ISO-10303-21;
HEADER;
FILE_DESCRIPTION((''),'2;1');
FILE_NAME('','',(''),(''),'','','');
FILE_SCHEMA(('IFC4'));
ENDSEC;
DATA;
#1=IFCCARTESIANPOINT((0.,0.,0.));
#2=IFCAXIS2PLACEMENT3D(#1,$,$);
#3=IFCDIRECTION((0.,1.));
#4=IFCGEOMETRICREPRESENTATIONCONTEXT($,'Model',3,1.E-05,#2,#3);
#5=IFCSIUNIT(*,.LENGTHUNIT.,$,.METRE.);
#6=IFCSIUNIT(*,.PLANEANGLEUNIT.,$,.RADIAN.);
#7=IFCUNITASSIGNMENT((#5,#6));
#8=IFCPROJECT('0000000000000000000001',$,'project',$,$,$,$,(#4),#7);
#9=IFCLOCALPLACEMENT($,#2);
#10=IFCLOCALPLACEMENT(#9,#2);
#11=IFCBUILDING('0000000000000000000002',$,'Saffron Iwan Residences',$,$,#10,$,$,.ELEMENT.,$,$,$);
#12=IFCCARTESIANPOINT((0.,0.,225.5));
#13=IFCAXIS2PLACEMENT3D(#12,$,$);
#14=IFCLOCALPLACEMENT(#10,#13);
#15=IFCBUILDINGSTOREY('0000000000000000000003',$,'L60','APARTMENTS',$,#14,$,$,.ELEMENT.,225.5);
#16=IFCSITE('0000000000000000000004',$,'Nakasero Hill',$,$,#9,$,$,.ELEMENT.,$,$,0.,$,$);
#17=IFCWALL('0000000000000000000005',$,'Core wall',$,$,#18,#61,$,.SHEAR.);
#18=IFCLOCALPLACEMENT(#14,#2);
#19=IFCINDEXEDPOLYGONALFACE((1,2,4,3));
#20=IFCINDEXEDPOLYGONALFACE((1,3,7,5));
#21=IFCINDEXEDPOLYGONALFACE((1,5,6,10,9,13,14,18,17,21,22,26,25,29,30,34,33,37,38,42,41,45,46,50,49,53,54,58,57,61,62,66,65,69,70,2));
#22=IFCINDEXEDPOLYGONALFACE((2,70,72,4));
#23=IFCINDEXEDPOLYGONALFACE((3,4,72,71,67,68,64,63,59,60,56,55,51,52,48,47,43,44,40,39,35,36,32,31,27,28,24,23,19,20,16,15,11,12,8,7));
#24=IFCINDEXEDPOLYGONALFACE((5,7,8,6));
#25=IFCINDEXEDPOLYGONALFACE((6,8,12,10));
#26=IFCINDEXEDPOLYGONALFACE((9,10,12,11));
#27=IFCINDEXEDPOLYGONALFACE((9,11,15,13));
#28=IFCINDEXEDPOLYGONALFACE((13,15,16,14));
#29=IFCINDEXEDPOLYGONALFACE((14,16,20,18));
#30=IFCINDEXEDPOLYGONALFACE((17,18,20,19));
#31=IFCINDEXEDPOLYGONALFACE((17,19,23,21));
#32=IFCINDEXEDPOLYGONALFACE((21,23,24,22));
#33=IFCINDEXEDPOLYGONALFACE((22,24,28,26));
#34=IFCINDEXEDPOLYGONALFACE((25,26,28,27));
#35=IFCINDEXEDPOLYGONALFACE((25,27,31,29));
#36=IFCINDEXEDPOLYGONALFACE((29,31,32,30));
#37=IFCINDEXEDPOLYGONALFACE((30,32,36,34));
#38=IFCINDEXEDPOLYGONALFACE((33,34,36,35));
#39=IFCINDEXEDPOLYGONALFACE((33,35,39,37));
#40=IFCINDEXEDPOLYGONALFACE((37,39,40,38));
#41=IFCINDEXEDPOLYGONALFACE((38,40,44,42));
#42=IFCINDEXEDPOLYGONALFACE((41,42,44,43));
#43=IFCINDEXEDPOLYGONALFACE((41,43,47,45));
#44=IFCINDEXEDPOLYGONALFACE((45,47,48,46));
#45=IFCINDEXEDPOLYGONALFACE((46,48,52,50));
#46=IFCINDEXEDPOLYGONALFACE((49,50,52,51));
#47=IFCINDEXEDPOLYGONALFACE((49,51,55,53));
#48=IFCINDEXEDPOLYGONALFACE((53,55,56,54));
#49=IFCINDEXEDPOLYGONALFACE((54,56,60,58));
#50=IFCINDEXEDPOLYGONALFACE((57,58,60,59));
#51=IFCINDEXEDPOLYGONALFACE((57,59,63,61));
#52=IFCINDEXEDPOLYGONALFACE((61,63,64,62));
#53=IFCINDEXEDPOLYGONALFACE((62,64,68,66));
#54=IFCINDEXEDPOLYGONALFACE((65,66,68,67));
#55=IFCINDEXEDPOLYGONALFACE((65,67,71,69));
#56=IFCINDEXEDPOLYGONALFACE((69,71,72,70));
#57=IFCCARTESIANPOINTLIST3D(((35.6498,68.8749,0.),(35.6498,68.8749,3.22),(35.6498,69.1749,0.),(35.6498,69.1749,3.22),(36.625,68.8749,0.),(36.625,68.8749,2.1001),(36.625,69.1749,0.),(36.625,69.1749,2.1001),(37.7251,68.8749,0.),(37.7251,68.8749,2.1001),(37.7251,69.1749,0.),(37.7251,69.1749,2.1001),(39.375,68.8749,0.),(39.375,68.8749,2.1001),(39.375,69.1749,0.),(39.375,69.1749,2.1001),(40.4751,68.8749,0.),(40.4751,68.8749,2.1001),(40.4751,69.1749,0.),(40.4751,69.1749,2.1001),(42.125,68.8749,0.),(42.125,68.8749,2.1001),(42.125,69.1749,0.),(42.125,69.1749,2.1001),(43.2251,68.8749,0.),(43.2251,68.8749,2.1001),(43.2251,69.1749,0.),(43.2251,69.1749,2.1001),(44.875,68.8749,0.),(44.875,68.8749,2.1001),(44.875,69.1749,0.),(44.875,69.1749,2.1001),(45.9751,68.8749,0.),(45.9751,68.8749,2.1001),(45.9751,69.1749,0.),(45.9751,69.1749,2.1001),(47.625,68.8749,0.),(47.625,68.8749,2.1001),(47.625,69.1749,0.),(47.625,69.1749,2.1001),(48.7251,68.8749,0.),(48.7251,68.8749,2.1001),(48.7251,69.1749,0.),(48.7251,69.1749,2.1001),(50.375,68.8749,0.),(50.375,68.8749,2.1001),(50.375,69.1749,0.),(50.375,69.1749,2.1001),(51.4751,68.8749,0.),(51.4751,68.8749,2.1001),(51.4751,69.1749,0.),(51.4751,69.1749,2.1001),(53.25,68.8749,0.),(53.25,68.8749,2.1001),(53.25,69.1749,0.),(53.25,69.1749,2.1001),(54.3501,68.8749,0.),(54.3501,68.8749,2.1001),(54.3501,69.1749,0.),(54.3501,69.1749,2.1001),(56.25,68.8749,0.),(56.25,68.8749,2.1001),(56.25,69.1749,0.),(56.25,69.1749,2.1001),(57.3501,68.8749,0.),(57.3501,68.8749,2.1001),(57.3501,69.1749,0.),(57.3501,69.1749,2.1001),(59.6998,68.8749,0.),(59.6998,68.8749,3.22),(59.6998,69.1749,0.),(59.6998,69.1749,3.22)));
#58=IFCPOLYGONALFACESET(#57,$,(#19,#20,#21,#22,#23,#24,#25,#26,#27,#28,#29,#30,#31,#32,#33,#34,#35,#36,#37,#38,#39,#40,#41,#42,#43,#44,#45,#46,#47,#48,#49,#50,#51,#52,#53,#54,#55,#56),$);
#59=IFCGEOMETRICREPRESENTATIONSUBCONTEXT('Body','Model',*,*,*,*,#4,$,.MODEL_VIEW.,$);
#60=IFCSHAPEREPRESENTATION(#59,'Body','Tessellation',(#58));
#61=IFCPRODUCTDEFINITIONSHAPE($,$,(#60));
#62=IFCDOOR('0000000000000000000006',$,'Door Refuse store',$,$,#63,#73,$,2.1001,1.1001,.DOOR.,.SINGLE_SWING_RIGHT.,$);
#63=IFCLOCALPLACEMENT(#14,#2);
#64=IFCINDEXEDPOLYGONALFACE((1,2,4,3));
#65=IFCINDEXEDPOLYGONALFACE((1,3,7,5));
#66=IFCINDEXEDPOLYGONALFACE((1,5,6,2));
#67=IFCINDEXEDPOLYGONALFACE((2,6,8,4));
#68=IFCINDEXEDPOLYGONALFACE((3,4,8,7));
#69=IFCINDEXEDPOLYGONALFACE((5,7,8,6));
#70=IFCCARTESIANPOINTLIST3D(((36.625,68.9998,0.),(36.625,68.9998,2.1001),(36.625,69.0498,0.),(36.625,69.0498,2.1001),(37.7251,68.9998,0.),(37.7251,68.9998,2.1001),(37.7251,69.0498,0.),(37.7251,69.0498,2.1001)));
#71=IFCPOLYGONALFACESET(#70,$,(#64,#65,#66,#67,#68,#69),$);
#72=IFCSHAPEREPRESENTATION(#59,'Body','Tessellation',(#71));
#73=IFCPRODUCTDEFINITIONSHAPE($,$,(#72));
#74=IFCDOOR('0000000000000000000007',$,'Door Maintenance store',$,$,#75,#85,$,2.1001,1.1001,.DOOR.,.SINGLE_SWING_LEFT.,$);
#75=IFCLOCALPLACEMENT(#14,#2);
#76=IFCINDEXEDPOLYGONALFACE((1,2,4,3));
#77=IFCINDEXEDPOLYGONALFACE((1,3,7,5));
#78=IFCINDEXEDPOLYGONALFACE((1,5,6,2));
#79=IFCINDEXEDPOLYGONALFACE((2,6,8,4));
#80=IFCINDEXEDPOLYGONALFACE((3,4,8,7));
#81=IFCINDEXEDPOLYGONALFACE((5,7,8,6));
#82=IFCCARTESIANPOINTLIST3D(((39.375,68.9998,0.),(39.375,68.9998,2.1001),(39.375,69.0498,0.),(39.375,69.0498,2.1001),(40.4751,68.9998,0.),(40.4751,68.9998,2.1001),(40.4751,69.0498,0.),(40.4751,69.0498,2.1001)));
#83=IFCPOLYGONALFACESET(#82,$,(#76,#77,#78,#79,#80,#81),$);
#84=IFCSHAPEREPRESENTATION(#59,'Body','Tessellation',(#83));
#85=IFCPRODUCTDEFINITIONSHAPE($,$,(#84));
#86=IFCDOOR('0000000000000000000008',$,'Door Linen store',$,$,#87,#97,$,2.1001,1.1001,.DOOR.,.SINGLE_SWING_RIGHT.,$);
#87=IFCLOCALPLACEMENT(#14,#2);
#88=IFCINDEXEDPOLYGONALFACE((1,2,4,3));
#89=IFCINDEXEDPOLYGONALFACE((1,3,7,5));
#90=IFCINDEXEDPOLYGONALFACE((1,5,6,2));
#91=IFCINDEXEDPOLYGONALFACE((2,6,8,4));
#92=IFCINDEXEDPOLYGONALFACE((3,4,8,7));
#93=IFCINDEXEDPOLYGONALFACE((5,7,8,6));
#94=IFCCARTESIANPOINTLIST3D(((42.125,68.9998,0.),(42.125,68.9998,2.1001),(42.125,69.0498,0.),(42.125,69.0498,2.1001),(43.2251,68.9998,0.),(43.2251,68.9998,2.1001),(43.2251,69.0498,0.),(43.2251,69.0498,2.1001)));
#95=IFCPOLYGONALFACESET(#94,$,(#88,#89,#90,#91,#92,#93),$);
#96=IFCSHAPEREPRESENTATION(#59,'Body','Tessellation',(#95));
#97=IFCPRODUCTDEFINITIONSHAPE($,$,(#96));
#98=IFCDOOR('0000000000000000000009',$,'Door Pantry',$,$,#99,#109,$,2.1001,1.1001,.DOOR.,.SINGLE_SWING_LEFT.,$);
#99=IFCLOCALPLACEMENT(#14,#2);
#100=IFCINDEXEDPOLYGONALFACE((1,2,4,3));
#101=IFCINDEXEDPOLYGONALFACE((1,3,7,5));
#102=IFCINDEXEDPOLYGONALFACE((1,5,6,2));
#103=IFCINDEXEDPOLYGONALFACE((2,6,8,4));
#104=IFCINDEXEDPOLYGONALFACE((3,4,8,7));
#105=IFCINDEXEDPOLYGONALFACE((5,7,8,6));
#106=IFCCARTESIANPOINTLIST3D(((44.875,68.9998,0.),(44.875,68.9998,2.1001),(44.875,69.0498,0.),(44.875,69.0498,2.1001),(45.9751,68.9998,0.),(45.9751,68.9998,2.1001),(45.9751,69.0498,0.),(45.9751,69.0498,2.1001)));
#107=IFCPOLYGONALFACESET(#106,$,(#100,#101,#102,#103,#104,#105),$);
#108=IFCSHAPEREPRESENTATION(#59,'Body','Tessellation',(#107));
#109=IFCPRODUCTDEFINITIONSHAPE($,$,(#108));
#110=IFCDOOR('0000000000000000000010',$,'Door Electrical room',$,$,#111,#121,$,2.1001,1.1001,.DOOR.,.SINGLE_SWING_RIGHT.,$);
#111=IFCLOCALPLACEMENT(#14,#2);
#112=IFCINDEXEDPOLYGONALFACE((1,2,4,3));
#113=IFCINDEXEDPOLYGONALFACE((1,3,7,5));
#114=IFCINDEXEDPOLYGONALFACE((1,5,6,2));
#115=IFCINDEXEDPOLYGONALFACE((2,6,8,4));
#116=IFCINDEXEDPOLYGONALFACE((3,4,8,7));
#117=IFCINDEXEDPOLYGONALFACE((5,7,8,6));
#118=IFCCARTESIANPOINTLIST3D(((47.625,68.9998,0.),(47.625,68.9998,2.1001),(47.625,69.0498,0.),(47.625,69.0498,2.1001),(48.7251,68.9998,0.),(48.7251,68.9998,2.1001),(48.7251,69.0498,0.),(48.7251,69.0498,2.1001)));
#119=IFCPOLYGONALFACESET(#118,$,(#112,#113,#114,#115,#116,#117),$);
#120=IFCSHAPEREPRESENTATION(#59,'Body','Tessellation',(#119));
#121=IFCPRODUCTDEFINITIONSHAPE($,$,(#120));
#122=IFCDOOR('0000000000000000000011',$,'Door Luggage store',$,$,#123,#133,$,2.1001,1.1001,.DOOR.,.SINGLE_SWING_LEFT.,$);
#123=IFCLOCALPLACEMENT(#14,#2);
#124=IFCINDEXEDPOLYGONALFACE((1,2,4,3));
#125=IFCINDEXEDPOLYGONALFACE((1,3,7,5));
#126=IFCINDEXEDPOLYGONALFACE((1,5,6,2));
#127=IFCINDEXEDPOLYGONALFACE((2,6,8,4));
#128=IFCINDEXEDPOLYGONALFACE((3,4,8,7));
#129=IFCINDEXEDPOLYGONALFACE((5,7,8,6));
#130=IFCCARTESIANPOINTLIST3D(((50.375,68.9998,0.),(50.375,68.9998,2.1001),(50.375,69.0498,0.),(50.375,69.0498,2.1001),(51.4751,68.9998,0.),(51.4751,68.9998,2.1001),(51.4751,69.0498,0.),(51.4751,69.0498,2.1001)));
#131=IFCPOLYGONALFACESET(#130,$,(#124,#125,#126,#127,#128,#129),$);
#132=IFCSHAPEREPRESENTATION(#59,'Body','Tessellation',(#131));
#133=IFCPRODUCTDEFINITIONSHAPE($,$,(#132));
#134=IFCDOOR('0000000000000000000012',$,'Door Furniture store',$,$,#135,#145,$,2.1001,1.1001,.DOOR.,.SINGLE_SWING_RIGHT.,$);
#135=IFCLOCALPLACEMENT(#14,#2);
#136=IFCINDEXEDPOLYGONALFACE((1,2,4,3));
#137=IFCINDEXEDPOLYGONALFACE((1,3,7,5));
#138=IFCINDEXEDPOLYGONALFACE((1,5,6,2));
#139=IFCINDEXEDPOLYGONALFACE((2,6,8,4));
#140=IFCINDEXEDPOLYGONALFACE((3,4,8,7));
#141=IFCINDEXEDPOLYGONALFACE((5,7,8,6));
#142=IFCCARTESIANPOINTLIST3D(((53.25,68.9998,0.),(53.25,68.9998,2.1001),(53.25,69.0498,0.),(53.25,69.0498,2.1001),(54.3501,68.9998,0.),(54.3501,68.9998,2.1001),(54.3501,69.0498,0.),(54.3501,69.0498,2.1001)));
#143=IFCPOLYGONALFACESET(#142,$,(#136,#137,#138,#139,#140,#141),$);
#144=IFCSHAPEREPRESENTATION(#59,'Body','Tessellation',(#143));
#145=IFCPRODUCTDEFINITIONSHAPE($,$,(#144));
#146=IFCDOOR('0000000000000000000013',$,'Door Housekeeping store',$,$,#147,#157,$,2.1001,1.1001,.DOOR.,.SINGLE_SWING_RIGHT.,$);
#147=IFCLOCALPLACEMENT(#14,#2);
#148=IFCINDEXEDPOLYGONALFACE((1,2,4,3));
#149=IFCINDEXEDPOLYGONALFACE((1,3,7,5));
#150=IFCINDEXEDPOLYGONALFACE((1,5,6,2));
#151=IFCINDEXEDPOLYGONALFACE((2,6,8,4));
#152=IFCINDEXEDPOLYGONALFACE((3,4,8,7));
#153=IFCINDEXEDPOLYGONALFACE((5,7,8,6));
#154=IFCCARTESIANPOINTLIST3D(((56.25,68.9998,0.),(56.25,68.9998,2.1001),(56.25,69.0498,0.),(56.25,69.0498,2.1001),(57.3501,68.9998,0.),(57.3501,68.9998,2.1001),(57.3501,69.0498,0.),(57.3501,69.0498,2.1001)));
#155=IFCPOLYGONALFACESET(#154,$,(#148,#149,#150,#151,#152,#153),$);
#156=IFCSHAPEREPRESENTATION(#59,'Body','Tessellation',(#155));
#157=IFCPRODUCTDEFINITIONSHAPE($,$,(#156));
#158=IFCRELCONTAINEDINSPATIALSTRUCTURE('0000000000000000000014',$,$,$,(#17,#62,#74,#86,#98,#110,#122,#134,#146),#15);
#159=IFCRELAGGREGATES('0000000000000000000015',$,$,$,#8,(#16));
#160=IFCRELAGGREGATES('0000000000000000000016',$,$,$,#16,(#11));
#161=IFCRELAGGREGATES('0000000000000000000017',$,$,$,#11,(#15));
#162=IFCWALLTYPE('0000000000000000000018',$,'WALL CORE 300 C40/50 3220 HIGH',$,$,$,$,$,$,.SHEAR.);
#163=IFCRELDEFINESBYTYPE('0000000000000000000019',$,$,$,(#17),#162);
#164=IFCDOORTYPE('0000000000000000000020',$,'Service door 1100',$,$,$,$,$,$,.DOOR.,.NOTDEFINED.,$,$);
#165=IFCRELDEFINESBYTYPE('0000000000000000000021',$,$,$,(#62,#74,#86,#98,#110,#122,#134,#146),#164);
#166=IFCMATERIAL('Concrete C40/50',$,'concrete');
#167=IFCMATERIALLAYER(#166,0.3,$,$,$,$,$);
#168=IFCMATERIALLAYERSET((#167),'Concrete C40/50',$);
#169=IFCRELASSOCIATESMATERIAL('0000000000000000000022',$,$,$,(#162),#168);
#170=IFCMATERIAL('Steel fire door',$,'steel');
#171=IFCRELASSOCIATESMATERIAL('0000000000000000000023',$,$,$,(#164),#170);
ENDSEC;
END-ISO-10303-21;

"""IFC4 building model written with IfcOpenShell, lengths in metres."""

from ifc_helpers import new_model, si_unit, direction, frame, frame_2d, origin, place, context, subcontext, project, spatial, rectangle, extrude, material, layer, layer_set, type_object, element, fill, save


model = new_model("IFC4")

# Units and contexts
model_context = context("Model", 3, precision=1e-05, world=origin(), true_north=direction((0.0, 1.0)))
body_context = subcontext(model_context, "Body", "Model", "MODEL_VIEW")
ifc_project = project(units=[si_unit("LENGTHUNIT", "METRE"), si_unit("PLANEANGLEUNIT", "RADIAN")], contexts=[model_context])

# Site, building, storey
site_placement = place(None, origin())
site = spatial("IfcSite", under=ifc_project, at=site_placement, Name="Nakasero Hill", CompositionType="ELEMENT", RefElevation=0.0)
building_placement = place(site_placement, origin())
building = spatial("IfcBuilding", under=site, at=building_placement, Name="Saffron Iwan Residences", CompositionType="ELEMENT")
storey_placement = place(building_placement, frame((0.0, 0.0, 225.5)))
storey = spatial("IfcBuildingStorey", under=building, at=storey_placement, Name="L60", Description="APARTMENTS", CompositionType="ELEMENT", Elevation=225.5)

# Shared definitions
ifc_material_1 = material(Name="Concrete C40/50", Category="concrete")

# Wall, openings, doors
ifc_layer_1 = layer(ifc_material_1, 0.3)
ifc_layer_set_1 = layer_set([ifc_layer_1], Name="Concrete C40/50")
wall_type_1 = type_object("IfcWallType", Name="WALL CORE 300 C40/50 3220 HIGH", PredefinedType="SHEAR", material=ifc_layer_set_1)
wall_1_placement = place(storey_placement, frame((35.6499, 69.0249, 0.0), z_axis=(0.0, 0.0, 1.0), x_axis=(1.0, 0.0, 0.0)))
wall_1 = element("IfcWall", 1, at=wall_1_placement, inside=storey, type_object=wall_type_1, Name="Core wall", PredefinedType="SHEAR", context=body_context, shape_type="SweptSolid", body=[
    extrude(rectangle(XDim=24.05, YDim=0.3, at=frame_2d((12.0249, 0.0))), origin(), (0.0, 0.0, 1.0), 3.22),
])
opening_1_placement = place(wall_1_placement, frame((0.9751, 0.0, 0.0)))
opening_1 = element("IfcOpeningElement", 2, at=opening_1_placement, cuts=wall_1, PredefinedType="OPENING", context=body_context, shape_type="SweptSolid", body=[
    extrude(rectangle(XDim=1.1001, YDim=2.1001, at=frame_2d((0.55, 1.05))), frame((0.0, 0.1602, 0.0), z_axis=(0.0, -1.0, 0.0), x_axis=(1.0, 0.0, 0.0)), (0.0, 0.0, 1.0), 0.3201),
])
opening_2_placement = place(wall_1_placement, frame((3.7251, 0.0, 0.0)))
opening_2 = element("IfcOpeningElement", 3, at=opening_2_placement, cuts=wall_1, PredefinedType="OPENING", context=body_context, shape_type="SweptSolid", body=[
    extrude(rectangle(XDim=1.1001, YDim=2.1001, at=frame_2d((0.55, 1.05))), frame((0.0, 0.1602, 0.0), z_axis=(0.0, -1.0, 0.0), x_axis=(1.0, 0.0, 0.0)), (0.0, 0.0, 1.0), 0.3201),
])
opening_3_placement = place(wall_1_placement, frame((6.4751, 0.0, 0.0)))
opening_3 = element("IfcOpeningElement", 4, at=opening_3_placement, cuts=wall_1, PredefinedType="OPENING", context=body_context, shape_type="SweptSolid", body=[
    extrude(rectangle(XDim=1.1001, YDim=2.1001, at=frame_2d((0.55, 1.05))), frame((0.0, 0.1602, 0.0), z_axis=(0.0, -1.0, 0.0), x_axis=(1.0, 0.0, 0.0)), (0.0, 0.0, 1.0), 0.3201),
])
opening_4_placement = place(wall_1_placement, frame((9.2251, 0.0, 0.0)))
opening_4 = element("IfcOpeningElement", 5, at=opening_4_placement, cuts=wall_1, PredefinedType="OPENING", context=body_context, shape_type="SweptSolid", body=[
    extrude(rectangle(XDim=1.1001, YDim=2.1001, at=frame_2d((0.55, 1.05))), frame((0.0, 0.1602, 0.0), z_axis=(0.0, -1.0, 0.0), x_axis=(1.0, 0.0, 0.0)), (0.0, 0.0, 1.0), 0.3201),
])
opening_5_placement = place(wall_1_placement, frame((11.9751, 0.0, 0.0)))
opening_5 = element("IfcOpeningElement", 6, at=opening_5_placement, cuts=wall_1, PredefinedType="OPENING", context=body_context, shape_type="SweptSolid", body=[
    extrude(rectangle(XDim=1.1001, YDim=2.1001, at=frame_2d((0.55, 1.05))), frame((0.0, 0.1602, 0.0), z_axis=(0.0, -1.0, 0.0), x_axis=(1.0, 0.0, 0.0)), (0.0, 0.0, 1.0), 0.3201),
])
opening_6_placement = place(wall_1_placement, frame((14.7251, 0.0, 0.0)))
opening_6 = element("IfcOpeningElement", 7, at=opening_6_placement, cuts=wall_1, PredefinedType="OPENING", context=body_context, shape_type="SweptSolid", body=[
    extrude(rectangle(XDim=1.1001, YDim=2.1001, at=frame_2d((0.55, 1.05))), frame((0.0, 0.1602, 0.0), z_axis=(0.0, -1.0, 0.0), x_axis=(1.0, 0.0, 0.0)), (0.0, 0.0, 1.0), 0.3201),
])
opening_7_placement = place(wall_1_placement, frame((17.6001, 0.0, 0.0)))
opening_7 = element("IfcOpeningElement", 8, at=opening_7_placement, cuts=wall_1, PredefinedType="OPENING", context=body_context, shape_type="SweptSolid", body=[
    extrude(rectangle(XDim=1.1001, YDim=2.1001, at=frame_2d((0.55, 1.05))), frame((0.0, 0.1602, 0.0), z_axis=(0.0, -1.0, 0.0), x_axis=(1.0, 0.0, 0.0)), (0.0, 0.0, 1.0), 0.3201),
])
opening_8_placement = place(wall_1_placement, frame((20.6001, 0.0, 0.0)))
opening_8 = element("IfcOpeningElement", 9, at=opening_8_placement, cuts=wall_1, PredefinedType="OPENING", context=body_context, shape_type="SweptSolid", body=[
    extrude(rectangle(XDim=1.1001, YDim=2.1001, at=frame_2d((0.55, 1.05))), frame((0.0, 0.1602, 0.0), z_axis=(0.0, -1.0, 0.0), x_axis=(1.0, 0.0, 0.0)), (0.0, 0.0, 1.0), 0.3201),
])
ifc_material_2 = material(Name="Steel fire door", Category="steel")
door_type = type_object("IfcDoorType", Name="Service door 1100", OperationType="NOTDEFINED", PredefinedType="DOOR", material=ifc_material_2)
door_1_placement = place(opening_1_placement, origin())
door_1 = element("IfcDoor", 10, at=door_1_placement, inside=storey, type_object=door_type, Name="Door Refuse store", OperationType="SINGLE_SWING_RIGHT", OverallHeight=2.1001, OverallWidth=1.1001, PredefinedType="DOOR", context=body_context, shape_type="SweptSolid", body=[
    extrude(rectangle(XDim=1.1001, YDim=2.1001, at=frame_2d((0.55, 1.05))), frame((0.0, 0.0249, 0.0), z_axis=(0.0, -1.0, 0.0), x_axis=(1.0, 0.0, 0.0)), (0.0, 0.0, 1.0), 0.05),
])
fill(opening_1, door_1)
door_2_placement = place(opening_2_placement, origin())
door_2 = element("IfcDoor", 11, at=door_2_placement, inside=storey, type_object=door_type, Name="Door Maintenance store", OperationType="SINGLE_SWING_LEFT", OverallHeight=2.1001, OverallWidth=1.1001, PredefinedType="DOOR", context=body_context, shape_type="SweptSolid", body=[
    extrude(rectangle(XDim=1.1001, YDim=2.1001, at=frame_2d((0.55, 1.05))), frame((0.0, 0.0249, 0.0), z_axis=(0.0, -1.0, 0.0), x_axis=(1.0, 0.0, 0.0)), (0.0, 0.0, 1.0), 0.05),
])
fill(opening_2, door_2)
door_3_placement = place(opening_3_placement, origin())
door_3 = element("IfcDoor", 12, at=door_3_placement, inside=storey, type_object=door_type, Name="Door Linen store", OperationType="SINGLE_SWING_RIGHT", OverallHeight=2.1001, OverallWidth=1.1001, PredefinedType="DOOR", context=body_context, shape_type="SweptSolid", body=[
    extrude(rectangle(XDim=1.1001, YDim=2.1001, at=frame_2d((0.55, 1.05))), frame((0.0, 0.0249, 0.0), z_axis=(0.0, -1.0, 0.0), x_axis=(1.0, 0.0, 0.0)), (0.0, 0.0, 1.0), 0.05),
])
fill(opening_3, door_3)
door_4_placement = place(opening_4_placement, origin())
door_4 = element("IfcDoor", 13, at=door_4_placement, inside=storey, type_object=door_type, Name="Door Pantry", OperationType="SINGLE_SWING_LEFT", OverallHeight=2.1001, OverallWidth=1.1001, PredefinedType="DOOR", context=body_context, shape_type="SweptSolid", body=[
    extrude(rectangle(XDim=1.1001, YDim=2.1001, at=frame_2d((0.55, 1.05))), frame((0.0, 0.0249, 0.0), z_axis=(0.0, -1.0, 0.0), x_axis=(1.0, 0.0, 0.0)), (0.0, 0.0, 1.0), 0.05),
])
fill(opening_4, door_4)
door_5_placement = place(opening_5_placement, origin())
door_5 = element("IfcDoor", 14, at=door_5_placement, inside=storey, type_object=door_type, Name="Door Electrical room", OperationType="SINGLE_SWING_RIGHT", OverallHeight=2.1001, OverallWidth=1.1001, PredefinedType="DOOR", context=body_context, shape_type="SweptSolid", body=[
    extrude(rectangle(XDim=1.1001, YDim=2.1001, at=frame_2d((0.55, 1.05))), frame((0.0, 0.0249, 0.0), z_axis=(0.0, -1.0, 0.0), x_axis=(1.0, 0.0, 0.0)), (0.0, 0.0, 1.0), 0.05),
])
fill(opening_5, door_5)
door_6_placement = place(opening_6_placement, origin())
door_6 = element("IfcDoor", 15, at=door_6_placement, inside=storey, type_object=door_type, Name="Door Luggage store", OperationType="SINGLE_SWING_LEFT", OverallHeight=2.1001, OverallWidth=1.1001, PredefinedType="DOOR", context=body_context, shape_type="SweptSolid", body=[
    extrude(rectangle(XDim=1.1001, YDim=2.1001, at=frame_2d((0.55, 1.05))), frame((0.0, 0.0249, 0.0), z_axis=(0.0, -1.0, 0.0), x_axis=(1.0, 0.0, 0.0)), (0.0, 0.0, 1.0), 0.05),
])
fill(opening_6, door_6)
door_7_placement = place(opening_7_placement, origin())
door_7 = element("IfcDoor", 16, at=door_7_placement, inside=storey, type_object=door_type, Name="Door Furniture store", OperationType="SINGLE_SWING_RIGHT", OverallHeight=2.1001, OverallWidth=1.1001, PredefinedType="DOOR", context=body_context, shape_type="SweptSolid", body=[
    extrude(rectangle(XDim=1.1001, YDim=2.1001, at=frame_2d((0.55, 1.05))), frame((0.0, 0.0249, 0.0), z_axis=(0.0, -1.0, 0.0), x_axis=(1.0, 0.0, 0.0)), (0.0, 0.0, 1.0), 0.05),
])
fill(opening_7, door_7)
door_8_placement = place(opening_8_placement, origin())
door_8 = element("IfcDoor", 17, at=door_8_placement, inside=storey, type_object=door_type, Name="Door Housekeeping store", OperationType="SINGLE_SWING_RIGHT", OverallHeight=2.1001, OverallWidth=1.1001, PredefinedType="DOOR", context=body_context, shape_type="SweptSolid", body=[
    extrude(rectangle(XDim=1.1001, YDim=2.1001, at=frame_2d((0.55, 1.05))), frame((0.0, 0.0249, 0.0), z_axis=(0.0, -1.0, 0.0), x_axis=(1.0, 0.0, 0.0)), (0.0, 0.0, 1.0), 0.05),
])
fill(opening_8, door_8)

save(model, "model.ifc")
